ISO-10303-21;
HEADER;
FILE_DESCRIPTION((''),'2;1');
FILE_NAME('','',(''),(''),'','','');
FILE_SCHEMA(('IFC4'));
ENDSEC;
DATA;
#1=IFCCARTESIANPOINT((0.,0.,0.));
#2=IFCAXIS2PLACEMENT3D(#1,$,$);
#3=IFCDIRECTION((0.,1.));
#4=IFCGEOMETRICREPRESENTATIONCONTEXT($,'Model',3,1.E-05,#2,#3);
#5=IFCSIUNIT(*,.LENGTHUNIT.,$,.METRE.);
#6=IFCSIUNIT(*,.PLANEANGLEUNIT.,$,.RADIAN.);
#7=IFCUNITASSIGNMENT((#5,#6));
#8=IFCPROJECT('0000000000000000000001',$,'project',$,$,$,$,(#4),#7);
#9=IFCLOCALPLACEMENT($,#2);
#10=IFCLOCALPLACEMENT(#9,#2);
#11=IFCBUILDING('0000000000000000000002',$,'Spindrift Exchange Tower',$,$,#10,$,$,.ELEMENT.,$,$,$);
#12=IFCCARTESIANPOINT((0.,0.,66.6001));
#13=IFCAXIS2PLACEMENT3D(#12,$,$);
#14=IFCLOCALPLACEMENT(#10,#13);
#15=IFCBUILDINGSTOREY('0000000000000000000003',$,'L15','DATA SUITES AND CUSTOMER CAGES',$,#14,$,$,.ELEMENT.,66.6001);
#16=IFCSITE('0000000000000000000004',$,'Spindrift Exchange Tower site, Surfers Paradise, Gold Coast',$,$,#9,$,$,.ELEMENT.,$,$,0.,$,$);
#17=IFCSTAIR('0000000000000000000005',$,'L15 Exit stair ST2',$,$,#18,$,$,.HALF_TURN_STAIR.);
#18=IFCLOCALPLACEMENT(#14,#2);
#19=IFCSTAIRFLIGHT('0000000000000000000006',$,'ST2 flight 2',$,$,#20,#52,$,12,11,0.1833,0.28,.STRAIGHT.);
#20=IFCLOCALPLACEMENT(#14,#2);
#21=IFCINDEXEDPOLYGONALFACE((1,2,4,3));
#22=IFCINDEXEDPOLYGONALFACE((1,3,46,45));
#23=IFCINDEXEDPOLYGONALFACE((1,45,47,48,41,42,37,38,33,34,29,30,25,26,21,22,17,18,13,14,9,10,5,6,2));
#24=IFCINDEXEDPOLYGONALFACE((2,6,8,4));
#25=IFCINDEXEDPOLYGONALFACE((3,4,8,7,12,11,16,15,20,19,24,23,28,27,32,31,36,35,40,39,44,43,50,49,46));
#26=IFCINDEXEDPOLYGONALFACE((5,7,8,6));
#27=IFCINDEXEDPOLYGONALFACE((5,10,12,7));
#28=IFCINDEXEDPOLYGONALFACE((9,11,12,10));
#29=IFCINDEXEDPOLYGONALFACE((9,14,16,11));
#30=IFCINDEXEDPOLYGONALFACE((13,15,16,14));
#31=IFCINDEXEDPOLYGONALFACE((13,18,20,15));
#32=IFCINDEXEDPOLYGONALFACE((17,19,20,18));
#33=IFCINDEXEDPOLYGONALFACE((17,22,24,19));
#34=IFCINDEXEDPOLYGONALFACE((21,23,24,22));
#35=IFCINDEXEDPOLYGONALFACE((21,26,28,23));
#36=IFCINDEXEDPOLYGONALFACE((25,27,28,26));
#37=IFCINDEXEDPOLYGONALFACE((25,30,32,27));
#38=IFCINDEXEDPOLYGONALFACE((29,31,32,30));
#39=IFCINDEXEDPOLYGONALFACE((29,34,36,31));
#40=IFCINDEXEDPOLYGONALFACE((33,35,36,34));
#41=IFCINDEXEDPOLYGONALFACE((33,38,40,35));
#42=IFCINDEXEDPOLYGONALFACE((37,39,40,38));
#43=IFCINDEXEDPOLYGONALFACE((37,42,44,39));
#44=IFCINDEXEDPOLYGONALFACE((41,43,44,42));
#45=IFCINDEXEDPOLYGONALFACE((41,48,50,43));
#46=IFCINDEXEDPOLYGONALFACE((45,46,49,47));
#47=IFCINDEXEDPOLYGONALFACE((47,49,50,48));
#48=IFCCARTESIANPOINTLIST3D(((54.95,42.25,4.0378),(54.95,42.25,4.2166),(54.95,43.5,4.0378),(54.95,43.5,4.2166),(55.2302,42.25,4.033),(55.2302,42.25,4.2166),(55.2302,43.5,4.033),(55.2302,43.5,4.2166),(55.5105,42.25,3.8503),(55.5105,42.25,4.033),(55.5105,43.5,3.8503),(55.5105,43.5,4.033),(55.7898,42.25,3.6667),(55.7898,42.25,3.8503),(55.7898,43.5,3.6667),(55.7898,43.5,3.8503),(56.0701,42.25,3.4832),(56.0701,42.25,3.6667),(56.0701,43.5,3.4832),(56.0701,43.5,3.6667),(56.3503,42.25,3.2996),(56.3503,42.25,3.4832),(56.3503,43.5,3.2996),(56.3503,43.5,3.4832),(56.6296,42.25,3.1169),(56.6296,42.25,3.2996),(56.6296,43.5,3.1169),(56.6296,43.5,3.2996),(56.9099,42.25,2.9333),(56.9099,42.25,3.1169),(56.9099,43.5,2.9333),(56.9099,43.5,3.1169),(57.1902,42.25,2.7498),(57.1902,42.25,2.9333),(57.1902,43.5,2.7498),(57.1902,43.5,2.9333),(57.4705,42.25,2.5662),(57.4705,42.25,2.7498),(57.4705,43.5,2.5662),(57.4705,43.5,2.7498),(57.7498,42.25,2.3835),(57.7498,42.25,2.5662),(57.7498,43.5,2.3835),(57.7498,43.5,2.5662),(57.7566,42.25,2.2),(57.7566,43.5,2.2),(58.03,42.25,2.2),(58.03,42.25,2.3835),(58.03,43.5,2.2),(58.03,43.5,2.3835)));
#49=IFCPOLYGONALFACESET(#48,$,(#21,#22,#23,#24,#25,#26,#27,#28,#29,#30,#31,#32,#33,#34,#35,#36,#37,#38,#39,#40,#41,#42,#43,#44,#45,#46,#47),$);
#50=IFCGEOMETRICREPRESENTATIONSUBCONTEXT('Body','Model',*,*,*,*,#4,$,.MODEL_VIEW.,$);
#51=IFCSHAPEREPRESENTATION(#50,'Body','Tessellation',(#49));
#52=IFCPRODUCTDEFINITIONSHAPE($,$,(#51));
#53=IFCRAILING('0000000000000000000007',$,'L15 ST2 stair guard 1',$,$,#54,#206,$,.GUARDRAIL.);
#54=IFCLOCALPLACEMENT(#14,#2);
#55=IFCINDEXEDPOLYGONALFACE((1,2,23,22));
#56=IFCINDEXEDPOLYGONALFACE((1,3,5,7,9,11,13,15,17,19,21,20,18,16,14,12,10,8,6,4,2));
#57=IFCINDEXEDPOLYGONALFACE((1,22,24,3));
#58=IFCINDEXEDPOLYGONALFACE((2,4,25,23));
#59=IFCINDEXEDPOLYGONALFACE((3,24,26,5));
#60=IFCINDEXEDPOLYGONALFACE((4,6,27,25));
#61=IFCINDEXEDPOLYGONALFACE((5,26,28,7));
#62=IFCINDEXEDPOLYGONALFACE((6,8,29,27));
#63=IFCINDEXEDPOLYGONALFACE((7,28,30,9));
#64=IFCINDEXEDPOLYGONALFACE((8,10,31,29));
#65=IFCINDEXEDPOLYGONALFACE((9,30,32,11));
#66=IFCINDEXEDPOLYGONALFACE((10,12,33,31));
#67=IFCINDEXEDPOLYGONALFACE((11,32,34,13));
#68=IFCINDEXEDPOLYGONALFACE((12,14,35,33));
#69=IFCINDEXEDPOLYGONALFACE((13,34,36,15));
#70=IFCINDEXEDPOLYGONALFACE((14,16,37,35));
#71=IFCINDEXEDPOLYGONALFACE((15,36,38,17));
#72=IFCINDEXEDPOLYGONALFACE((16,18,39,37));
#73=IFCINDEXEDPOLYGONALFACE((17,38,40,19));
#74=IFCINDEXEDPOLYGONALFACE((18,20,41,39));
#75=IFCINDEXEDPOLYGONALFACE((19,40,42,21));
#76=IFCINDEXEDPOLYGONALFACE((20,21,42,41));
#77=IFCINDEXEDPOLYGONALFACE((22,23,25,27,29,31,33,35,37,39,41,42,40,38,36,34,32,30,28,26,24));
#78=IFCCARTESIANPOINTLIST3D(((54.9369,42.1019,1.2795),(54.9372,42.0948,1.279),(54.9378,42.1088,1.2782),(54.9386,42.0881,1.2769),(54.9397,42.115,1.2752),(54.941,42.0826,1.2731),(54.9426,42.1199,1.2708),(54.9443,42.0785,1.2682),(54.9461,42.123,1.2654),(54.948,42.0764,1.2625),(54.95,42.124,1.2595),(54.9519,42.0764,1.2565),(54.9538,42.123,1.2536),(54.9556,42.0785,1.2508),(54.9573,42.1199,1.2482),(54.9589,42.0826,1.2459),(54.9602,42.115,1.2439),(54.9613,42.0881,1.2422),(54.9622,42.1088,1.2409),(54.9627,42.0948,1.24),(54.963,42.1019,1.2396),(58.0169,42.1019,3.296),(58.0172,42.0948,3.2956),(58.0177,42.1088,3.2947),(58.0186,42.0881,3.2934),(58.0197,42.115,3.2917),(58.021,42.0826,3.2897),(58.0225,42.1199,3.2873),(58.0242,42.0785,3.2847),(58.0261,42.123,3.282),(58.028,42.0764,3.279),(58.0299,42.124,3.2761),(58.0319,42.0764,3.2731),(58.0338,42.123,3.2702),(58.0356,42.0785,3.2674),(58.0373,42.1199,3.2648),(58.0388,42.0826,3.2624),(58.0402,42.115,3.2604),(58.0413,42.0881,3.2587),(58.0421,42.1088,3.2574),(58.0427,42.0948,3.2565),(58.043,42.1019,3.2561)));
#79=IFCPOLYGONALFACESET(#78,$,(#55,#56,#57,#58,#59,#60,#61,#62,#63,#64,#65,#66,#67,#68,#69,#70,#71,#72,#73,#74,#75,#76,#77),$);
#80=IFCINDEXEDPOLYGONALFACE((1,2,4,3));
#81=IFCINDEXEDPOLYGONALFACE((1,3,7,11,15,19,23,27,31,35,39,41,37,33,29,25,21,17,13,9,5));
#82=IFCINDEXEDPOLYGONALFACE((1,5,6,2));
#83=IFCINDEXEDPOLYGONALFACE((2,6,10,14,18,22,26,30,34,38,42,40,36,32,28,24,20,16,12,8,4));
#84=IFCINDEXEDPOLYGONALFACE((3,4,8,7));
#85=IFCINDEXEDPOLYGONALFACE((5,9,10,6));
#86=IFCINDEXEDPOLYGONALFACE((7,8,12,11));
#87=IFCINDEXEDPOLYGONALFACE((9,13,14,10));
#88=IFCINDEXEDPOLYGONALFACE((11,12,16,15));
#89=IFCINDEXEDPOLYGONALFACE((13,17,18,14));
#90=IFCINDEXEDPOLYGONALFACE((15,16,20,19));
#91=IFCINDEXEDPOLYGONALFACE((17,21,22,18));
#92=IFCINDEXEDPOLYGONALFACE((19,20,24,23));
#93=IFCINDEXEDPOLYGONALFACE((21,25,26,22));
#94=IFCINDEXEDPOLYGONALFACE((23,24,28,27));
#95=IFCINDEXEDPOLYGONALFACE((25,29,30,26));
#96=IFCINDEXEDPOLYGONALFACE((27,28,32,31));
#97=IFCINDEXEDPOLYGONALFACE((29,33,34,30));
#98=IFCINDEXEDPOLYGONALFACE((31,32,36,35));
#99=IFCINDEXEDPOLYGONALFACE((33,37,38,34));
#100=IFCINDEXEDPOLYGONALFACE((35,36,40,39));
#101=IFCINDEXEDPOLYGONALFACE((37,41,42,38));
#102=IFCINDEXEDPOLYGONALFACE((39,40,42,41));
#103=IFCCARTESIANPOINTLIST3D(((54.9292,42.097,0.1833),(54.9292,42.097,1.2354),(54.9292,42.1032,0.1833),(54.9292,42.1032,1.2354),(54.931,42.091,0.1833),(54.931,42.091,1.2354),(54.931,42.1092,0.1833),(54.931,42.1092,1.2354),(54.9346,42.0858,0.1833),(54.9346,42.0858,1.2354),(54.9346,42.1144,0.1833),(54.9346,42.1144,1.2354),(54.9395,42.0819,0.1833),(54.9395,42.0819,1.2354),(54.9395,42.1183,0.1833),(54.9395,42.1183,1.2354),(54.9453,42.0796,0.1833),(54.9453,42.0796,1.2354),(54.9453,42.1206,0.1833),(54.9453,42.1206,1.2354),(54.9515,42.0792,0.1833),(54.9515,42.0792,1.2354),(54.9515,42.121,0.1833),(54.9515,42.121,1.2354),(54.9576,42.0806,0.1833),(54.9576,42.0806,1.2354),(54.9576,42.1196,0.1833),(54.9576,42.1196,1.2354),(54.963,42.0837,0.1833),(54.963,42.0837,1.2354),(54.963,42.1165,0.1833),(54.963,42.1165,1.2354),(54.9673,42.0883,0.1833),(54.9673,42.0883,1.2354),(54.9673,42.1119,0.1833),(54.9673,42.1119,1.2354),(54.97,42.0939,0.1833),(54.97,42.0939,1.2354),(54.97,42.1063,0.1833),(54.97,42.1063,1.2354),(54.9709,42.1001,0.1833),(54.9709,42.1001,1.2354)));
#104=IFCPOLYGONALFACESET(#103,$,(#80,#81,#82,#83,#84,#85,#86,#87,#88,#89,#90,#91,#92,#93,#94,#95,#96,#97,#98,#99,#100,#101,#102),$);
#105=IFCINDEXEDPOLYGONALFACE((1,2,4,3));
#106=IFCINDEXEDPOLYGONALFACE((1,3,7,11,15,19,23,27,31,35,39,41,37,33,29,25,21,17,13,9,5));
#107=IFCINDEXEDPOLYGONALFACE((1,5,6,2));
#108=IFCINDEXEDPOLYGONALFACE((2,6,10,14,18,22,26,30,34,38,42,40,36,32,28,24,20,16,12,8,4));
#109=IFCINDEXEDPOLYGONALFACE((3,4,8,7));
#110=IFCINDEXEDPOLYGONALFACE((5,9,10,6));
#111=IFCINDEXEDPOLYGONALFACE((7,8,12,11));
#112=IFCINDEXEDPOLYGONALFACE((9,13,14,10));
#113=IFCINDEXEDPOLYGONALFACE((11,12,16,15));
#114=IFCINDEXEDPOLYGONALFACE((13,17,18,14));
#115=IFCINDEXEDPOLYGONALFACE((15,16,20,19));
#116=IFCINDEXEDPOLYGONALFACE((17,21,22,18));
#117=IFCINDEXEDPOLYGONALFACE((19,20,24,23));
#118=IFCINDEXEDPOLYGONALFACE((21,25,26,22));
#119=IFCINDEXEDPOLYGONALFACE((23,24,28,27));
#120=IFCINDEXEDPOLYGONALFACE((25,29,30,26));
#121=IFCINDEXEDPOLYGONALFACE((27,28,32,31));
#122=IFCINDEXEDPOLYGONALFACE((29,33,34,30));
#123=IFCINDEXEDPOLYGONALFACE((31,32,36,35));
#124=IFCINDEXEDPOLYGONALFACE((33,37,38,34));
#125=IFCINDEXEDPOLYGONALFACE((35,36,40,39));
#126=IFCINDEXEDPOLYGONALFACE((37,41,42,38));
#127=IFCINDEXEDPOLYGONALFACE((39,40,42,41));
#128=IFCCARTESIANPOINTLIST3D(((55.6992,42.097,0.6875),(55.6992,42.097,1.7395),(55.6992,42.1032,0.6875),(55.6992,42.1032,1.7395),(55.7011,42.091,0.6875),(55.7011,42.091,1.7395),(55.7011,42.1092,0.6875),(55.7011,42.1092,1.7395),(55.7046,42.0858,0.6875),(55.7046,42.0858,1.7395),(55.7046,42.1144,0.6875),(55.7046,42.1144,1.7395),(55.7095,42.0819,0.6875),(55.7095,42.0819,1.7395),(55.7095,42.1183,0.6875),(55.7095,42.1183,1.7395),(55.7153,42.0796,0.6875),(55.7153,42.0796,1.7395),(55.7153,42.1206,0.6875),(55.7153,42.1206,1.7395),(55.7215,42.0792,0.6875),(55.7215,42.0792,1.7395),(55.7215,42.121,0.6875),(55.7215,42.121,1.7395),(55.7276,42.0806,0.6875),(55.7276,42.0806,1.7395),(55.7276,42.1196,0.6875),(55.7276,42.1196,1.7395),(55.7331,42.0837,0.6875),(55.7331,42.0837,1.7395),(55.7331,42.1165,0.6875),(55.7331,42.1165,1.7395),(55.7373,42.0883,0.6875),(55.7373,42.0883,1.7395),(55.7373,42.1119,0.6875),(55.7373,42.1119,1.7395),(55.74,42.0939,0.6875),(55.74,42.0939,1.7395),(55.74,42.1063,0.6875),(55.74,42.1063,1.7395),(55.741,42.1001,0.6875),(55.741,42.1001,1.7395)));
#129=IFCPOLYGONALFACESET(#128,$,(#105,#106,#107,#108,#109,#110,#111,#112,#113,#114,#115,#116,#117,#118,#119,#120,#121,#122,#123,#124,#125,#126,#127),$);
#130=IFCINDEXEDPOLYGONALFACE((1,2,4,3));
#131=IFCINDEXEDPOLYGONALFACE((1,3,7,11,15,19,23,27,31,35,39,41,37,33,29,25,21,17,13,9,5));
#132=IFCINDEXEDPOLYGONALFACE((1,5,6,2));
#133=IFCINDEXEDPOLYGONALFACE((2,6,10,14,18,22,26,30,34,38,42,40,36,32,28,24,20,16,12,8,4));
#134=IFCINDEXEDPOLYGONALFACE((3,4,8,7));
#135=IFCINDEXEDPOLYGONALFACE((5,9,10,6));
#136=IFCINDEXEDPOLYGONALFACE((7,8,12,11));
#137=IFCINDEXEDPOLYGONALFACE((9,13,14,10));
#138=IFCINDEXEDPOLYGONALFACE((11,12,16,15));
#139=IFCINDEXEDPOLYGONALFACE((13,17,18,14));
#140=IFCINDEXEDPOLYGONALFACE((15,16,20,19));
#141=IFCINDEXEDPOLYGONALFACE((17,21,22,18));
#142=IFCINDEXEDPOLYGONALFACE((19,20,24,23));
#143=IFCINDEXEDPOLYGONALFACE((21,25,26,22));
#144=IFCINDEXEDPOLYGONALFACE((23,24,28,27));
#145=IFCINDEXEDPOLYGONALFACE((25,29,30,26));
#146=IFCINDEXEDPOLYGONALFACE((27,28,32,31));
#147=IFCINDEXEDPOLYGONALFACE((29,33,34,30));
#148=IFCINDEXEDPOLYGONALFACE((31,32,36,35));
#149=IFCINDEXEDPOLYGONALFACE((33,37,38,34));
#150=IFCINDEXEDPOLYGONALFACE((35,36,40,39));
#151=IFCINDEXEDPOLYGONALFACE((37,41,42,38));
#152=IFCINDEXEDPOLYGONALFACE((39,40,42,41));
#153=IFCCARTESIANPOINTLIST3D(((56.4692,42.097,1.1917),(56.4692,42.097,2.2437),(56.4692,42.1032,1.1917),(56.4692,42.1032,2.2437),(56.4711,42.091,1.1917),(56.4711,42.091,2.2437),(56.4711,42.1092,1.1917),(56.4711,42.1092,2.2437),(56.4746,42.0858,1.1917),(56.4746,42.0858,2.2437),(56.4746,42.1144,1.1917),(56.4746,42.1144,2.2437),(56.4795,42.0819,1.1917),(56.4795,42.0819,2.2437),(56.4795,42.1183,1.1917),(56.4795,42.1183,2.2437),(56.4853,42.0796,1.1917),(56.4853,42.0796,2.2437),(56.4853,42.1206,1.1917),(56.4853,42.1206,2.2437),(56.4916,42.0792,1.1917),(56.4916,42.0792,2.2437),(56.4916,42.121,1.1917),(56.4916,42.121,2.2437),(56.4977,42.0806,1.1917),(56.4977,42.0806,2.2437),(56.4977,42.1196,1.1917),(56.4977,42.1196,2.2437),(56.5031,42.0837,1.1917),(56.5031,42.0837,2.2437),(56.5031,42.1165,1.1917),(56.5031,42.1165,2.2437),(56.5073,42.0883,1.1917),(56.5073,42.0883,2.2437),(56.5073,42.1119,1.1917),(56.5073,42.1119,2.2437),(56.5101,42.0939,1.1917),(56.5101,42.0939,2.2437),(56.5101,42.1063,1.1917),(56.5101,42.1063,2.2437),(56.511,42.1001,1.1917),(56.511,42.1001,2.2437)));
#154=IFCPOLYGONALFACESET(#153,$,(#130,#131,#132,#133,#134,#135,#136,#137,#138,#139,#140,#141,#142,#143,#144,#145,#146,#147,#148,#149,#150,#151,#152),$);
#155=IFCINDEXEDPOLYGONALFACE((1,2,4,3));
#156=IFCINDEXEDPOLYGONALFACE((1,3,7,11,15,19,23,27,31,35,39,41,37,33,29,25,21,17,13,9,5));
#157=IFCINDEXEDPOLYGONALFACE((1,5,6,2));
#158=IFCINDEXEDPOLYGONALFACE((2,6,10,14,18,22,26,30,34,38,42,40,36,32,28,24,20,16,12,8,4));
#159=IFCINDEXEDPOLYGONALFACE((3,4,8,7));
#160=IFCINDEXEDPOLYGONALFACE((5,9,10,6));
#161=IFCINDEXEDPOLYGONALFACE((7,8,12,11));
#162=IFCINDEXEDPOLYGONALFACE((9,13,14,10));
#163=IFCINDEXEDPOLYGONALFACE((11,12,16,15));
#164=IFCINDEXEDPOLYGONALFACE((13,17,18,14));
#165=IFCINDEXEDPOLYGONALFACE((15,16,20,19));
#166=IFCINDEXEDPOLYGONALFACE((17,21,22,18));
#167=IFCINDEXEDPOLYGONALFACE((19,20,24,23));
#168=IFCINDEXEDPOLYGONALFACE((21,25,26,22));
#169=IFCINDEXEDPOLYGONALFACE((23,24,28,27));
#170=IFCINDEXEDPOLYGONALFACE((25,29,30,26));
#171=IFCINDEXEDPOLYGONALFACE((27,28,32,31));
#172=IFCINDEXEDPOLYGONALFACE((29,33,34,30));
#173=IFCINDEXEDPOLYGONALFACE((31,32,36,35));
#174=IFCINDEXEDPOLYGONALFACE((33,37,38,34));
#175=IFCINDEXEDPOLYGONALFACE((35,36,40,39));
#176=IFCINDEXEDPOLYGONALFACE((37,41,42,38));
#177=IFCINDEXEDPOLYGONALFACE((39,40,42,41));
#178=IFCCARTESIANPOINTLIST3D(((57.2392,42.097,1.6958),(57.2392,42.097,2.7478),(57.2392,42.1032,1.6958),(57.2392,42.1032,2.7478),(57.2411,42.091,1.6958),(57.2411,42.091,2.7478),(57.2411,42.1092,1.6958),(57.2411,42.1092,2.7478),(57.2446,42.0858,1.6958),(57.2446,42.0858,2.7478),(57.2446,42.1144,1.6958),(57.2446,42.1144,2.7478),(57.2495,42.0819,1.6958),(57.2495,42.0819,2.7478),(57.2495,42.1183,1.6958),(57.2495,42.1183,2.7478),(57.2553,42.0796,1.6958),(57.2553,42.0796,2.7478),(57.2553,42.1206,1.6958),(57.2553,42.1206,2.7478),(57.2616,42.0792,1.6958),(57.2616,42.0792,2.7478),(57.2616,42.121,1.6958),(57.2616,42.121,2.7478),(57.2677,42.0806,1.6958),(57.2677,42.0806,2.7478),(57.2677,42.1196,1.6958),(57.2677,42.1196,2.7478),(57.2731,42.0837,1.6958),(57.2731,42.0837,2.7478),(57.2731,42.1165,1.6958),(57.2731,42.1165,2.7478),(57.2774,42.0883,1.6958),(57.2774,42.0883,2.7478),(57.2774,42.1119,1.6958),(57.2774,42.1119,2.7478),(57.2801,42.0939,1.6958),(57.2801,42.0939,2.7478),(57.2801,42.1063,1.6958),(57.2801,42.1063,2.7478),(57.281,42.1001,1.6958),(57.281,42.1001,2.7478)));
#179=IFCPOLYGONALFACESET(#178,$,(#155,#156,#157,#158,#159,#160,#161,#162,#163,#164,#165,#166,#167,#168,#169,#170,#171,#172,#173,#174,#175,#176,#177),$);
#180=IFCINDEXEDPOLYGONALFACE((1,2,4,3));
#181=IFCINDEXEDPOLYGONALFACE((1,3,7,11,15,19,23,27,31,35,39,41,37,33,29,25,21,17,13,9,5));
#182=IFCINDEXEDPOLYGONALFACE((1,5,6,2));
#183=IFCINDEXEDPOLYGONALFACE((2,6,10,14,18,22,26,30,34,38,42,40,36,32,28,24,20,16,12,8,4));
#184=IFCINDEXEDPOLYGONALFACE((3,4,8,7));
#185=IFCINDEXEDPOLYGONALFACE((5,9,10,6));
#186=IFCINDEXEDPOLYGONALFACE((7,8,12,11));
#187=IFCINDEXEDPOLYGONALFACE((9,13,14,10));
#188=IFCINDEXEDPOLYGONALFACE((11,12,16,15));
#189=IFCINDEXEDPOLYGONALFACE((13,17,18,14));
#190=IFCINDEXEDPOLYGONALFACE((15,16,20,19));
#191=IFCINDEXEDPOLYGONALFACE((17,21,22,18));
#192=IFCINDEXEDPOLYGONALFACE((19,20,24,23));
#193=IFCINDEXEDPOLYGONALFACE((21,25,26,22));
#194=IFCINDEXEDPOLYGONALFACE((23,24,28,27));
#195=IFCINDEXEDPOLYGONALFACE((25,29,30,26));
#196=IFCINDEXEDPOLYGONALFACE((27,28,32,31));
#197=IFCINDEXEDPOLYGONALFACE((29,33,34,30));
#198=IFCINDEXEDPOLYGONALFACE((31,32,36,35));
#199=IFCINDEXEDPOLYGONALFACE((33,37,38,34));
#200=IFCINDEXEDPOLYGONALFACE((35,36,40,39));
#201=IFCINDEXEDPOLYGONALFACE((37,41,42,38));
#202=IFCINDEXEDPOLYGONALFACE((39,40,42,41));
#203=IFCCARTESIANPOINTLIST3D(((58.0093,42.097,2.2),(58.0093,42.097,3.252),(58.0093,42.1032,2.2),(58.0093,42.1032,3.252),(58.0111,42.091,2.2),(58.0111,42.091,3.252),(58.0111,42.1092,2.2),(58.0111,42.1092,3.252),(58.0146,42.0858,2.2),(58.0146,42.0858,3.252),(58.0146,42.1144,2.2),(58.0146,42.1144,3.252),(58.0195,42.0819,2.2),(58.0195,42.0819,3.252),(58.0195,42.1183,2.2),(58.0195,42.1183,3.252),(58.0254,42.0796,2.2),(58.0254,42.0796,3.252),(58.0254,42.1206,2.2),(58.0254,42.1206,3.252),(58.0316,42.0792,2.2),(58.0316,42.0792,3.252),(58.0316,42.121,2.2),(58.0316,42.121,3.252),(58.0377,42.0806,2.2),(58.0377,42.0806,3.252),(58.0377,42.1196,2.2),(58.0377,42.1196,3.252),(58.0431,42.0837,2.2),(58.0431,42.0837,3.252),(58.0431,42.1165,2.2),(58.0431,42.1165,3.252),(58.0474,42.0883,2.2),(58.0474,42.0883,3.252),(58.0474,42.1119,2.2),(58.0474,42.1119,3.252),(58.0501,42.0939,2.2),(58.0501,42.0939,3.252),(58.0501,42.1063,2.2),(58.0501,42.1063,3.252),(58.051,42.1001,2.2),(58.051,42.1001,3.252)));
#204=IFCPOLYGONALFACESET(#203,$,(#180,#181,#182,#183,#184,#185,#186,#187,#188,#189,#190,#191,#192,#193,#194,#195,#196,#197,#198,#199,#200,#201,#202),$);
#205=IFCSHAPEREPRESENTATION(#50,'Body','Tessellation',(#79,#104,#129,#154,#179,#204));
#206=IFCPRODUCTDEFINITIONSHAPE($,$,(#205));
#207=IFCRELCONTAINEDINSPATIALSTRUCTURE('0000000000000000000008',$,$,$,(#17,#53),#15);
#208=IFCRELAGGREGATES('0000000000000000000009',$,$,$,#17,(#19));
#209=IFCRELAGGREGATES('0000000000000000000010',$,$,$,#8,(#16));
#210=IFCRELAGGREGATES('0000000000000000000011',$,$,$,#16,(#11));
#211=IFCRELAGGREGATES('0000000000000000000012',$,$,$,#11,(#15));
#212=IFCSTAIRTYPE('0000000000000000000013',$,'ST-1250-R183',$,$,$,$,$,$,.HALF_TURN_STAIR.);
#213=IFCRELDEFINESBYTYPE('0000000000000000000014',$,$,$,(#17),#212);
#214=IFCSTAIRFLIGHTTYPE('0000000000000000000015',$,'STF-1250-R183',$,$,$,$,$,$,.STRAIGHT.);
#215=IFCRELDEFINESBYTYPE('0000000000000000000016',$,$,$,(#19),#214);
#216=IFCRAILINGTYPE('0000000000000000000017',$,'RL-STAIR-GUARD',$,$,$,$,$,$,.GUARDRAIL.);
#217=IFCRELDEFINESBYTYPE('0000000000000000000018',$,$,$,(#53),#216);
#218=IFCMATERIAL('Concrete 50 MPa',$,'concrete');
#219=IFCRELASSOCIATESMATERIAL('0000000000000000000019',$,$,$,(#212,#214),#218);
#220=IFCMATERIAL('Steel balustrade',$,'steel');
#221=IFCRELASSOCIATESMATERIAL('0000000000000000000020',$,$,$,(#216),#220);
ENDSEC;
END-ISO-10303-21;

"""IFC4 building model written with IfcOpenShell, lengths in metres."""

from ifc_helpers import new_model, si_unit, direction, frame, origin, origin_2d, place, context, subcontext, project, spatial, line, indexed_curve, circle, outline, extrude, material, type_object, element, aggregate, save


model = new_model("IFC4")

# Units and contexts
model_context = context("Model", 3, precision=1e-05, world=origin(), true_north=direction((0.0, 1.0)))
body_context = subcontext(model_context, "Body", "Model", "MODEL_VIEW")
ifc_project = project(units=[si_unit("LENGTHUNIT", "METRE"), si_unit("PLANEANGLEUNIT", "RADIAN")], contexts=[model_context])

# Site, building, storey
site_placement = place(None, origin())
site = spatial("IfcSite", under=ifc_project, at=site_placement, Name="Spindrift Exchange Tower site, Surfers Paradise, Gold Coast", CompositionType="ELEMENT", RefElevation=0.0)
building_placement = place(site_placement, origin())
building = spatial("IfcBuilding", under=site, at=building_placement, Name="Spindrift Exchange Tower", CompositionType="ELEMENT")
storey_placement = place(building_placement, frame((0.0, 0.0, 66.6001)))
storey = spatial("IfcBuildingStorey", under=building, at=storey_placement, Name="L15", Description="DATA SUITES AND CUSTOMER CAGES", CompositionType="ELEMENT", Elevation=66.6001)

# Stair, stair flight
ifc_material_1 = material(Name="Concrete 50 MPa", Category="concrete")
stair_type = type_object("IfcStairType", Name="ST-1250-R183", PredefinedType="HALF_TURN_STAIR", material=ifc_material_1)
stair_placement = place(storey_placement, origin())
stair = element("IfcStair", 1, at=stair_placement, inside=storey, type_object=stair_type, Name="L15 Exit stair ST2", PredefinedType="HALF_TURN_STAIR")
stair_flight_type = type_object("IfcStairFlightType", Name="STF-1250-R183", PredefinedType="STRAIGHT", material=ifc_material_1)
stair_flight_1_placement = place(storey_placement, frame((58.03, 42.875, 2.2), z_axis=(0.0, 0.0, 1.0), x_axis=(-1.0, 0.0, 0.0)))
stair_flight_1 = element("IfcStairFlight", 2, at=stair_flight_1_placement, type_object=stair_flight_type, Name="ST2 flight 2", NumberOfRisers=12, NumberOfTreads=11, PredefinedType="STRAIGHT", RiserHeight=0.1833, TreadLength=0.28, context=body_context, shape_type="SweptSolid", body=[
    extrude(outline(indexed_curve([(0.0, 0.0), (0.0, 0.1836), (0.2803, 0.1836), (0.2803, 0.3662), (0.5596, 0.3662), (0.5596, 0.5498), (0.8398, 0.5498), (0.8398, 0.7334), (1.1201, 0.7334), (1.1201, 0.917), (1.4004, 0.917), (1.4004, 1.0996), (1.6797, 1.0996), (1.6797, 1.2832), (1.96, 1.2832), (1.96, 1.4668), (2.2402, 1.4668), (2.2402, 1.6504), (2.5195, 1.6504), (2.5195, 1.833), (2.7998, 1.833), (2.7998, 2.0166), (3.0801, 2.0166), (3.0801, 2.2002), (3.0801, 1.8379), (0.2734, 0.0)], segments=[line(1, 2, 3, 4, 5, 6, 7, 8, 9, 10, 11, 12, 13, 14, 15, 16, 17, 18, 19, 20, 21, 22, 23, 24, 25, 26, 1)], self_intersect=False)), frame((0.0, 0.625, 0.0), z_axis=(0.0, -1.0, 0.0), x_axis=(1.0, 0.0, 0.0)), (0.0, 0.0, 1.0), 1.25),
])
aggregate(stair, [stair_flight_1])

# Railing
ifc_material_2 = material(Name="Steel balustrade", Category="steel")
railing_type_1 = type_object("IfcRailingType", Name="RL-STAIR-GUARD", PredefinedType="GUARDRAIL", material=ifc_material_2)
railing_1_placement = place(storey_placement, frame((54.95, 42.1001, 0.1833)))
element("IfcRailing", 3, at=railing_1_placement, inside=storey, type_object=railing_type_1, Name="L15 ST2 stair guard 1", PredefinedType="GUARDRAIL", context=body_context, shape_type="SweptSolid", body=[
    extrude(circle(Radius=0.0239, at=origin_2d()), frame((0.0, 0.0, 1.0762), z_axis=(0.836633, 0.0, 0.547764), x_axis=(0.0, 1.0, 0.0)), (0.0, 0.0, 1.0), 3.6814),
    extrude(circle(Radius=0.021, at=origin_2d()), origin(), (0.0, 0.0, 1.0), 1.052),
    extrude(circle(Radius=0.021, at=origin_2d()), frame((0.77, 0.0, 0.5042)), (0.0, 0.0, 1.0), 1.052),
    extrude(circle(Radius=0.021, at=origin_2d()), frame((1.54, 0.0, 1.0083)), (0.0, 0.0, 1.0), 1.052),
    extrude(circle(Radius=0.021, at=origin_2d()), frame((2.3101, 0.0, 1.5125)), (0.0, 0.0, 1.0), 1.052),
    extrude(circle(Radius=0.021, at=origin_2d()), frame((3.0801, 0.0, 2.0166)), (0.0, 0.0, 1.0), 1.052),
])

save(model, "model.ifc")
